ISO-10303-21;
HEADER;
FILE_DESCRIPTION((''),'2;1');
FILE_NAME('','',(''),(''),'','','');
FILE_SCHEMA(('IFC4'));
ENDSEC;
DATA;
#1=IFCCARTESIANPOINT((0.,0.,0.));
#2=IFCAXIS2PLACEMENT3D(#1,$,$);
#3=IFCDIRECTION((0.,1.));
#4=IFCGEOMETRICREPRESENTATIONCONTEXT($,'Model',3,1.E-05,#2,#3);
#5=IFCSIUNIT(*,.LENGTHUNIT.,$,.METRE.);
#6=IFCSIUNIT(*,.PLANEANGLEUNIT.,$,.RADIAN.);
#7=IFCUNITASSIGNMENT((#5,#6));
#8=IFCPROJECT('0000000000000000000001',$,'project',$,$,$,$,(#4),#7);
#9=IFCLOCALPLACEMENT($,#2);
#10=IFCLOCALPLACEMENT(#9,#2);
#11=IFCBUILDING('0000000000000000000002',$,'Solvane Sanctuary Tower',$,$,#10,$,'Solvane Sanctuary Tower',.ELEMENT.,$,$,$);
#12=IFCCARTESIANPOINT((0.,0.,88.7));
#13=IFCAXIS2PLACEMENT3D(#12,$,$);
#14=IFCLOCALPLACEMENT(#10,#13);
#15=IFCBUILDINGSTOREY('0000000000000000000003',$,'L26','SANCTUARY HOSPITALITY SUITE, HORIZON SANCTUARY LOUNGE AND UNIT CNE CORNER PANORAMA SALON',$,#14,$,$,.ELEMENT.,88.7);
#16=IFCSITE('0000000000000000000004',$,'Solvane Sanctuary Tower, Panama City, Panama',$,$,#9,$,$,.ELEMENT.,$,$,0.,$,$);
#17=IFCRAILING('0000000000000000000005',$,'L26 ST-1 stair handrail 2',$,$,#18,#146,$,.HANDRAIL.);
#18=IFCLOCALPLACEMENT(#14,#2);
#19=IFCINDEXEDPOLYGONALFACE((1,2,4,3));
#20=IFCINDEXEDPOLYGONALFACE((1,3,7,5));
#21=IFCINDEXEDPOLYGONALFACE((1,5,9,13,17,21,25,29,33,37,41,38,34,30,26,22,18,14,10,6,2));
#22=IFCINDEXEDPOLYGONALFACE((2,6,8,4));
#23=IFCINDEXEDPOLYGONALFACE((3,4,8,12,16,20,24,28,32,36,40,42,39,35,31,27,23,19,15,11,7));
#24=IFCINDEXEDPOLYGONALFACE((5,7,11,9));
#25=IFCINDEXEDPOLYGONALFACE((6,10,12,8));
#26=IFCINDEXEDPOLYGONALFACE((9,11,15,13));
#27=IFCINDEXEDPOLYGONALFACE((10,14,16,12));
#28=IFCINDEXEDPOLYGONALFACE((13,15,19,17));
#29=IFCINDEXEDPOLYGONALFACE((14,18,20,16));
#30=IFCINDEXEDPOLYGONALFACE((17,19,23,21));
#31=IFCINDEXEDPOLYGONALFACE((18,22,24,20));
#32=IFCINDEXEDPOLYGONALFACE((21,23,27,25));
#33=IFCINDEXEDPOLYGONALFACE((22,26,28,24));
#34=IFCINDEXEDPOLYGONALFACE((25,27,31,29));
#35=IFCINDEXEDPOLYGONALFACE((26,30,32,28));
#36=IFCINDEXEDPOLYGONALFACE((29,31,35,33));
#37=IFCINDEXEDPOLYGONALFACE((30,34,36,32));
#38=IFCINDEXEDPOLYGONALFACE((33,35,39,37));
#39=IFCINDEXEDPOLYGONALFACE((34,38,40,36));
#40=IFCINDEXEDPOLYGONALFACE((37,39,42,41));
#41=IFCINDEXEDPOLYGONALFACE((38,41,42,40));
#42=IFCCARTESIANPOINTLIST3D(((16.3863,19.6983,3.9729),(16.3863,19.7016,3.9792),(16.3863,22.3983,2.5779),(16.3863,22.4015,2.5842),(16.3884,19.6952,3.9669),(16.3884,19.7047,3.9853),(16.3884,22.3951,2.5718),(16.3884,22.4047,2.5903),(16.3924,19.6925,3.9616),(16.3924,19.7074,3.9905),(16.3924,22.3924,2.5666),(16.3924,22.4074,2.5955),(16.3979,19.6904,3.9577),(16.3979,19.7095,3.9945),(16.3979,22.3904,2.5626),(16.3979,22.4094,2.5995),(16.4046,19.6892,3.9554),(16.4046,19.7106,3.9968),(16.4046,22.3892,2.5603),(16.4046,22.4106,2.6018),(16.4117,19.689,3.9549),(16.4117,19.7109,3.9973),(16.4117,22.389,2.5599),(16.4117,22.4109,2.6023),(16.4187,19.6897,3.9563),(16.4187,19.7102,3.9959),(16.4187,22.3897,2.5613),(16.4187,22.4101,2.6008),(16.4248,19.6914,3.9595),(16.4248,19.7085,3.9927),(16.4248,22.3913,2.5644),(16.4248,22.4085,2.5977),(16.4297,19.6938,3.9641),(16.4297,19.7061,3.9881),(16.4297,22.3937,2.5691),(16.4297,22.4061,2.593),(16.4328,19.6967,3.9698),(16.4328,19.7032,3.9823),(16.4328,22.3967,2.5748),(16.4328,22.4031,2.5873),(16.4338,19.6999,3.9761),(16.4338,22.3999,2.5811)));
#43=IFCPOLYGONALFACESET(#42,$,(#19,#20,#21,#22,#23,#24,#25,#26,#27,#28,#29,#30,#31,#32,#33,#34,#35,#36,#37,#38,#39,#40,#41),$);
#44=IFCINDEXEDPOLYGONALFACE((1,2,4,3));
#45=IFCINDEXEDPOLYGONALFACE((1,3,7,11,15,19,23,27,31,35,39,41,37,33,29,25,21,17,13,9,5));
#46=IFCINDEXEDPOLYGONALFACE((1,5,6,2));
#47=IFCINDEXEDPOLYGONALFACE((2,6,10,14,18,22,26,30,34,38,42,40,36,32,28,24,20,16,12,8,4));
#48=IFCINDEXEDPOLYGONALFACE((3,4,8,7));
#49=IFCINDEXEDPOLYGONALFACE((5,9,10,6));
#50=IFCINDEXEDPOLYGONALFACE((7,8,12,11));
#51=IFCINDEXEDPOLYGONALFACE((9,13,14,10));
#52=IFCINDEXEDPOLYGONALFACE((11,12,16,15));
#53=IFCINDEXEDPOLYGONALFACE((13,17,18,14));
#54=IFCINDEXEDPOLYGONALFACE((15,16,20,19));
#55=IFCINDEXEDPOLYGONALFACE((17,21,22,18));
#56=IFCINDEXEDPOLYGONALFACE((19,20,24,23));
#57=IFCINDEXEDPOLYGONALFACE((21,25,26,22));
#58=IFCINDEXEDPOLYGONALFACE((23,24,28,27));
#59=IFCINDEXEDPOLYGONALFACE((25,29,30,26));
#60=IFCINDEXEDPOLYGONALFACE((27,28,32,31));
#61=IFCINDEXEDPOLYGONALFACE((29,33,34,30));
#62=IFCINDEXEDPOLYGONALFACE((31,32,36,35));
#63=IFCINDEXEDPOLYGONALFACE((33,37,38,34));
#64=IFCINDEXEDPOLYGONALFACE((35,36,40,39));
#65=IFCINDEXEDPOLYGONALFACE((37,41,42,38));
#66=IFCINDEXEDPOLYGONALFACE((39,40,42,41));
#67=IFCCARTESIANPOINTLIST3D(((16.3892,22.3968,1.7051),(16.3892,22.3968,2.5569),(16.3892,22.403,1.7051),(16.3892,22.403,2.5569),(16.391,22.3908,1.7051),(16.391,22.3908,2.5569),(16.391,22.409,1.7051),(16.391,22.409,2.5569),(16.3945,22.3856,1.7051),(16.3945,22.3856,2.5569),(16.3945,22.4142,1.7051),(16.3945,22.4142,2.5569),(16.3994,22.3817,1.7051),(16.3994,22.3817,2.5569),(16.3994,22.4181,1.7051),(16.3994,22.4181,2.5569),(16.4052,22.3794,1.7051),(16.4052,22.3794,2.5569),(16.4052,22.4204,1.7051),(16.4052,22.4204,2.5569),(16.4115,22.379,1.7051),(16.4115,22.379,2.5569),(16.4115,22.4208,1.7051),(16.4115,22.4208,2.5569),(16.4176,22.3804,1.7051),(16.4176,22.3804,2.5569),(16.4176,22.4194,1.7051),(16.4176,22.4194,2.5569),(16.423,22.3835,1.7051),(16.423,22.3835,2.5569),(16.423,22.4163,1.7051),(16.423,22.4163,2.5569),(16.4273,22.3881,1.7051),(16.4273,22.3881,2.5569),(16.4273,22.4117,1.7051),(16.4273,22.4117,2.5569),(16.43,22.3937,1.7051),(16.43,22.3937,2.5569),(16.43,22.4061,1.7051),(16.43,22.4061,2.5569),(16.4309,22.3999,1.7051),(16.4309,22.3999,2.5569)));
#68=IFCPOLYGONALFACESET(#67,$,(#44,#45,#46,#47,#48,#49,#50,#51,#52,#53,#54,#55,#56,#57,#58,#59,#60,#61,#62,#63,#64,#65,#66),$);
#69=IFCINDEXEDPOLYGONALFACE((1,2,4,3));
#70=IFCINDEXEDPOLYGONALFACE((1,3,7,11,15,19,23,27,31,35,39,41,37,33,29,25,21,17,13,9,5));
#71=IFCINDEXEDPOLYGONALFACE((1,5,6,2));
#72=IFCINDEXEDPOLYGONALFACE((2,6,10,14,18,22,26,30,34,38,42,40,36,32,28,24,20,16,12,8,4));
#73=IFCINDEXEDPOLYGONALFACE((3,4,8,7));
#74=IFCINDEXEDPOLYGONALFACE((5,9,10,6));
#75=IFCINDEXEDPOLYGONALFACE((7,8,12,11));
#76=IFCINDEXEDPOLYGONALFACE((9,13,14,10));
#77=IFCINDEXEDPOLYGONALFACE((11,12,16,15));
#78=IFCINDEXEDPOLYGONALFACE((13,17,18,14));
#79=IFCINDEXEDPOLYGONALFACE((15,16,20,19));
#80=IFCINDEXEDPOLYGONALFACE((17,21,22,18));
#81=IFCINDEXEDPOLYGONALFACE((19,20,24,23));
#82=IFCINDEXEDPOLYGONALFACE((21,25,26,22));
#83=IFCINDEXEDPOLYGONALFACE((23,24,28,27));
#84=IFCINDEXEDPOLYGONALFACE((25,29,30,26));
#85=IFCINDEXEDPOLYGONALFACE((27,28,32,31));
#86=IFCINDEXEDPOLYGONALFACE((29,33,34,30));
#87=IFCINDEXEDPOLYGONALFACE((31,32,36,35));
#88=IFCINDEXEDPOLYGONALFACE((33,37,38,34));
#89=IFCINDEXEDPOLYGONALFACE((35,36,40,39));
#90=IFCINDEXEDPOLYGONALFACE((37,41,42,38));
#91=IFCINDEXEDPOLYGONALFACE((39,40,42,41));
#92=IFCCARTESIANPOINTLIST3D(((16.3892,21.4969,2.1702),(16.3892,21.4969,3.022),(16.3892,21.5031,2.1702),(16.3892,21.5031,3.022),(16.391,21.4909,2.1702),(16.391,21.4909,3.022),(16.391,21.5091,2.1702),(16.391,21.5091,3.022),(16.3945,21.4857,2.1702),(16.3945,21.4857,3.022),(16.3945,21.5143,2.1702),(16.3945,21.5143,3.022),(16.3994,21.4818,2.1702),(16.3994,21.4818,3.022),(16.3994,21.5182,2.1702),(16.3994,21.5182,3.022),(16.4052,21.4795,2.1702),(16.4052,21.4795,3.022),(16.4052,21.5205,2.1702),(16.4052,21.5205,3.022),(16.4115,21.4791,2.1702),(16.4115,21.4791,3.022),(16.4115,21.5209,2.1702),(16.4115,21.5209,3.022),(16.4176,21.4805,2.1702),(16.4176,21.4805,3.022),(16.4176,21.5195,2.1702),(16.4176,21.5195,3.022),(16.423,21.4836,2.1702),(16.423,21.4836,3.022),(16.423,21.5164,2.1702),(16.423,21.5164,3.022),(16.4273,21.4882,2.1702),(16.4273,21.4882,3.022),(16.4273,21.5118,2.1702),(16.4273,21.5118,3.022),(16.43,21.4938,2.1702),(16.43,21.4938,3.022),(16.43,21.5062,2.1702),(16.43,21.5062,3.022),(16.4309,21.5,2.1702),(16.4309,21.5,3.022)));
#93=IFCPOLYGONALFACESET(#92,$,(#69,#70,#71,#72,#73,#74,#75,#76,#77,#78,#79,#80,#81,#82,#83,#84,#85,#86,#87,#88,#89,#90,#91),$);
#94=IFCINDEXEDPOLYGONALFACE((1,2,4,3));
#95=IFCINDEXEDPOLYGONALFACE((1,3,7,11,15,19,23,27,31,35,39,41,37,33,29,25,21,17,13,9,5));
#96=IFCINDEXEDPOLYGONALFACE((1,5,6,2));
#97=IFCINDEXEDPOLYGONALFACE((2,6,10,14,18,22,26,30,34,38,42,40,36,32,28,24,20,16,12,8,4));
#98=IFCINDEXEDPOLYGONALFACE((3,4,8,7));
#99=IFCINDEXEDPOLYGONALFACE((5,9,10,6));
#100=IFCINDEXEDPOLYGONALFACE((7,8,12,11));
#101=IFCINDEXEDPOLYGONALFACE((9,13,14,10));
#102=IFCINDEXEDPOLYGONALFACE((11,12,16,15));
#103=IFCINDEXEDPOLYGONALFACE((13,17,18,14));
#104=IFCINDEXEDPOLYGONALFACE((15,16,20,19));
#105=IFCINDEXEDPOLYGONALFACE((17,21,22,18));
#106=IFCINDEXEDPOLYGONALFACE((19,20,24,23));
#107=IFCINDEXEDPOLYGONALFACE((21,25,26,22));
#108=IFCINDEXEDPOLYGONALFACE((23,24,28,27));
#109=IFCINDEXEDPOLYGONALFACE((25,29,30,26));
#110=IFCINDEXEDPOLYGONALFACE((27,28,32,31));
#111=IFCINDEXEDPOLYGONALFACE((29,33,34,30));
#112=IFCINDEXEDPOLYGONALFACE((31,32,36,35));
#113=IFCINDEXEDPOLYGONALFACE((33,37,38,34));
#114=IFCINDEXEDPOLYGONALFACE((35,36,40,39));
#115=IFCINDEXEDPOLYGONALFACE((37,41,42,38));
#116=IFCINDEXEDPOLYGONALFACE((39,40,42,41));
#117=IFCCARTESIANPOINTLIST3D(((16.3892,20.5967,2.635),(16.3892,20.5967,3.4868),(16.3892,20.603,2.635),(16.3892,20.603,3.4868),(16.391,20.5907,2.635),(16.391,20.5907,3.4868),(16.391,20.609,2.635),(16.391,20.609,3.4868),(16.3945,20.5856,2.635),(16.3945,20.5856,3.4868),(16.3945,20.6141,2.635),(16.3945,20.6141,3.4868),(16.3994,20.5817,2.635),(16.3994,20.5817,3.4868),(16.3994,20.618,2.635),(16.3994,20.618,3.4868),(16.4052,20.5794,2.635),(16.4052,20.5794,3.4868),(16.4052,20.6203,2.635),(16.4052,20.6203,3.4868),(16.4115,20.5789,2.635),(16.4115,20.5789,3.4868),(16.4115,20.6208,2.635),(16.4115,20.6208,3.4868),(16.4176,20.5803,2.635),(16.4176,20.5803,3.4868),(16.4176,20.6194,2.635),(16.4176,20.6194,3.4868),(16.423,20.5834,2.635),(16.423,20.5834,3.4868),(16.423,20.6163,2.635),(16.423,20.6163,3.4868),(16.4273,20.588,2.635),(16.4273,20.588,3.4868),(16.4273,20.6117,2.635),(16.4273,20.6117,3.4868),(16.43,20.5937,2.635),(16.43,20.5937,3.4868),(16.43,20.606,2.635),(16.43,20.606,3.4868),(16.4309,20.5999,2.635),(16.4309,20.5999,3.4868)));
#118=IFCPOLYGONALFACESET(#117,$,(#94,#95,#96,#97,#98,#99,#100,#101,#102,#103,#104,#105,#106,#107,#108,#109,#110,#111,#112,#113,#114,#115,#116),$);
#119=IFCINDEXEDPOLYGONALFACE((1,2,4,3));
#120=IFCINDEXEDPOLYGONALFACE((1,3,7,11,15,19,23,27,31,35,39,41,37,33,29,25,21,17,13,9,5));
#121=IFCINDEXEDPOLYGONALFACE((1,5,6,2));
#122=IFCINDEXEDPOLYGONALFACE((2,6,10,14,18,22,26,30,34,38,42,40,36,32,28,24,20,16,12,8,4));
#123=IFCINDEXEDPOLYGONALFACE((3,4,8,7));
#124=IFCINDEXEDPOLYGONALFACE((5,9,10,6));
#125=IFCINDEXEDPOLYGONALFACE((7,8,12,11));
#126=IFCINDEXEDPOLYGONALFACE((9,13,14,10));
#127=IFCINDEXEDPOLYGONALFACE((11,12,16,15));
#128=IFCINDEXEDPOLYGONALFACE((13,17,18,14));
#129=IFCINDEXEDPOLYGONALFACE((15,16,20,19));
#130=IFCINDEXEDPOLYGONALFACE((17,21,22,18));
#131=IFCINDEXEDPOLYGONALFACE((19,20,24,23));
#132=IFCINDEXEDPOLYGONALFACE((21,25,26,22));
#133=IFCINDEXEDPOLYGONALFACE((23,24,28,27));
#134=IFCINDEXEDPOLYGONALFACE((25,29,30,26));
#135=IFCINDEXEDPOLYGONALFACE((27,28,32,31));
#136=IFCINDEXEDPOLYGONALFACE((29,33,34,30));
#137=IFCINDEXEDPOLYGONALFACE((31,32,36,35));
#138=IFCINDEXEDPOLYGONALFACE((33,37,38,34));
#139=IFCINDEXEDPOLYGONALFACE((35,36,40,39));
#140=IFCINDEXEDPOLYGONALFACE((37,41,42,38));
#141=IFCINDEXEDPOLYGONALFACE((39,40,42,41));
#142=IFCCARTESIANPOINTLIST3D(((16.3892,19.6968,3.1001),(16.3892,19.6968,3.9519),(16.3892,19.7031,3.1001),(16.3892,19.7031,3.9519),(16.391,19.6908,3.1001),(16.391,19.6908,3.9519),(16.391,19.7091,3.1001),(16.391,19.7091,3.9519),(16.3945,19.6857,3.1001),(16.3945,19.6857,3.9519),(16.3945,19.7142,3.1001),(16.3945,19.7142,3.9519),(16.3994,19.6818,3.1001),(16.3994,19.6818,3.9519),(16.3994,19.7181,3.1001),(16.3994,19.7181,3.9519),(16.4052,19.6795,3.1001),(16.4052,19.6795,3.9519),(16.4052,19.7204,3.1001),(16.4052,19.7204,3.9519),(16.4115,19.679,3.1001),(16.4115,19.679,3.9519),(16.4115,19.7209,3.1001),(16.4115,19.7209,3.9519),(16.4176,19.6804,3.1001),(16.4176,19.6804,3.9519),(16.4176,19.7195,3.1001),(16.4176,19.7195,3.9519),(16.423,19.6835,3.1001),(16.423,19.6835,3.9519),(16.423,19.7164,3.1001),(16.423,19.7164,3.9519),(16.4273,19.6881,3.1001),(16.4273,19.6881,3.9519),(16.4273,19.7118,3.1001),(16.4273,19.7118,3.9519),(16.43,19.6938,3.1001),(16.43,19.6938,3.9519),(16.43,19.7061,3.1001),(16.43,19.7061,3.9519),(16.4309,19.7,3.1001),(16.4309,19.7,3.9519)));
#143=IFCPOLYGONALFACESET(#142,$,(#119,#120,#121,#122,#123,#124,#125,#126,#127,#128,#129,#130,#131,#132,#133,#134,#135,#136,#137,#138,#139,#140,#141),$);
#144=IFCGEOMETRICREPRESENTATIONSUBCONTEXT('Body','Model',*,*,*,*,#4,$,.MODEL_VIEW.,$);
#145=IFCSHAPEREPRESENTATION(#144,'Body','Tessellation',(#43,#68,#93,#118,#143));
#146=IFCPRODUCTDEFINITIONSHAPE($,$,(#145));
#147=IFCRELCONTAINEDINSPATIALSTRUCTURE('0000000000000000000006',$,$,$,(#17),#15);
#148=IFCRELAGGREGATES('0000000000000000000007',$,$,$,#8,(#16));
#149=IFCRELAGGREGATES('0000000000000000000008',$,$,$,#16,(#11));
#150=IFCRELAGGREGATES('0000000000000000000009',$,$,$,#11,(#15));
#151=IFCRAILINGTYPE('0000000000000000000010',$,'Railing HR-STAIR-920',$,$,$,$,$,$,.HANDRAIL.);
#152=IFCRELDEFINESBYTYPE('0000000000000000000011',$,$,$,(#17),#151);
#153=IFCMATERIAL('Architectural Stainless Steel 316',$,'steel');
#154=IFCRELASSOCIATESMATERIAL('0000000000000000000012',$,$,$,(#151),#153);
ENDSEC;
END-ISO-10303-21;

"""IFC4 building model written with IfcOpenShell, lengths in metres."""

from ifc_helpers import new_model, si_unit, direction, frame, origin, origin_2d, place, context, subcontext, project, spatial, circle, extrude, material, type_object, element, save


model = new_model("IFC4")

# Units and contexts
model_context = context("Model", 3, precision=1e-05, world=origin(), true_north=direction((0.0, 1.0)))
body_context = subcontext(model_context, "Body", "Model", "MODEL_VIEW")
ifc_project = project(units=[si_unit("LENGTHUNIT", "METRE"), si_unit("PLANEANGLEUNIT", "RADIAN")], contexts=[model_context])

# Site, building, storey
site_placement = place(None, origin())
site = spatial("IfcSite", under=ifc_project, at=site_placement, Name="Solvane Sanctuary Tower, Panama City, Panama", CompositionType="ELEMENT", RefElevation=0.0)
building_placement = place(site_placement, origin())
building = spatial("IfcBuilding", under=site, at=building_placement, Name="Solvane Sanctuary Tower", LongName="Solvane Sanctuary Tower", CompositionType="ELEMENT")
storey_placement = place(building_placement, frame((0.0, 0.0, 88.7)))
storey = spatial("IfcBuildingStorey", under=building, at=storey_placement, Name="L26", Description="SANCTUARY HOSPITALITY SUITE, HORIZON SANCTUARY LOUNGE AND UNIT CNE CORNER PANORAMA SALON", CompositionType="ELEMENT", Elevation=88.7)

# Shared definitions
ifc_material_1 = material(Name="Architectural Stainless Steel 316", Category="steel")

# Railing
railing_type_1 = type_object("IfcRailingType", Name="Railing HR-STAIR-920", PredefinedType="HANDRAIL", material=ifc_material_1)
railing_1_placement = place(storey_placement, frame((16.4099, 22.3999, 1.7051)))
element("IfcRailing", 1, at=railing_1_placement, inside=storey, type_object=railing_type_1, Name="L26 ST-1 stair handrail 2", PredefinedType="HANDRAIL", context=body_context, shape_type="SweptSolid", body=[
    extrude(circle(Radius=0.0239, at=origin_2d()), frame((0.0, 0.0, 0.876), z_axis=(0.0, -0.88842, 0.459032), x_axis=(1.0, 0.0, 0.0)), (0.0, 0.0, 1.0), 3.0391),
    extrude(circle(Radius=0.021, at=origin_2d()), origin(), (0.0, 0.0, 1.0), 0.8518),
    extrude(circle(Radius=0.021, at=origin_2d()), frame((0.0, -0.8999, 0.4651)), (0.0, 0.0, 1.0), 0.8518),
    extrude(circle(Radius=0.021, at=origin_2d()), frame((0.0, -1.8, 0.9299)), (0.0, 0.0, 1.0), 0.8518),
    extrude(circle(Radius=0.021, at=origin_2d()), frame((0.0, -2.7, 1.395)), (0.0, 0.0, 1.0), 0.8518),
])

save(model, "model.ifc")
